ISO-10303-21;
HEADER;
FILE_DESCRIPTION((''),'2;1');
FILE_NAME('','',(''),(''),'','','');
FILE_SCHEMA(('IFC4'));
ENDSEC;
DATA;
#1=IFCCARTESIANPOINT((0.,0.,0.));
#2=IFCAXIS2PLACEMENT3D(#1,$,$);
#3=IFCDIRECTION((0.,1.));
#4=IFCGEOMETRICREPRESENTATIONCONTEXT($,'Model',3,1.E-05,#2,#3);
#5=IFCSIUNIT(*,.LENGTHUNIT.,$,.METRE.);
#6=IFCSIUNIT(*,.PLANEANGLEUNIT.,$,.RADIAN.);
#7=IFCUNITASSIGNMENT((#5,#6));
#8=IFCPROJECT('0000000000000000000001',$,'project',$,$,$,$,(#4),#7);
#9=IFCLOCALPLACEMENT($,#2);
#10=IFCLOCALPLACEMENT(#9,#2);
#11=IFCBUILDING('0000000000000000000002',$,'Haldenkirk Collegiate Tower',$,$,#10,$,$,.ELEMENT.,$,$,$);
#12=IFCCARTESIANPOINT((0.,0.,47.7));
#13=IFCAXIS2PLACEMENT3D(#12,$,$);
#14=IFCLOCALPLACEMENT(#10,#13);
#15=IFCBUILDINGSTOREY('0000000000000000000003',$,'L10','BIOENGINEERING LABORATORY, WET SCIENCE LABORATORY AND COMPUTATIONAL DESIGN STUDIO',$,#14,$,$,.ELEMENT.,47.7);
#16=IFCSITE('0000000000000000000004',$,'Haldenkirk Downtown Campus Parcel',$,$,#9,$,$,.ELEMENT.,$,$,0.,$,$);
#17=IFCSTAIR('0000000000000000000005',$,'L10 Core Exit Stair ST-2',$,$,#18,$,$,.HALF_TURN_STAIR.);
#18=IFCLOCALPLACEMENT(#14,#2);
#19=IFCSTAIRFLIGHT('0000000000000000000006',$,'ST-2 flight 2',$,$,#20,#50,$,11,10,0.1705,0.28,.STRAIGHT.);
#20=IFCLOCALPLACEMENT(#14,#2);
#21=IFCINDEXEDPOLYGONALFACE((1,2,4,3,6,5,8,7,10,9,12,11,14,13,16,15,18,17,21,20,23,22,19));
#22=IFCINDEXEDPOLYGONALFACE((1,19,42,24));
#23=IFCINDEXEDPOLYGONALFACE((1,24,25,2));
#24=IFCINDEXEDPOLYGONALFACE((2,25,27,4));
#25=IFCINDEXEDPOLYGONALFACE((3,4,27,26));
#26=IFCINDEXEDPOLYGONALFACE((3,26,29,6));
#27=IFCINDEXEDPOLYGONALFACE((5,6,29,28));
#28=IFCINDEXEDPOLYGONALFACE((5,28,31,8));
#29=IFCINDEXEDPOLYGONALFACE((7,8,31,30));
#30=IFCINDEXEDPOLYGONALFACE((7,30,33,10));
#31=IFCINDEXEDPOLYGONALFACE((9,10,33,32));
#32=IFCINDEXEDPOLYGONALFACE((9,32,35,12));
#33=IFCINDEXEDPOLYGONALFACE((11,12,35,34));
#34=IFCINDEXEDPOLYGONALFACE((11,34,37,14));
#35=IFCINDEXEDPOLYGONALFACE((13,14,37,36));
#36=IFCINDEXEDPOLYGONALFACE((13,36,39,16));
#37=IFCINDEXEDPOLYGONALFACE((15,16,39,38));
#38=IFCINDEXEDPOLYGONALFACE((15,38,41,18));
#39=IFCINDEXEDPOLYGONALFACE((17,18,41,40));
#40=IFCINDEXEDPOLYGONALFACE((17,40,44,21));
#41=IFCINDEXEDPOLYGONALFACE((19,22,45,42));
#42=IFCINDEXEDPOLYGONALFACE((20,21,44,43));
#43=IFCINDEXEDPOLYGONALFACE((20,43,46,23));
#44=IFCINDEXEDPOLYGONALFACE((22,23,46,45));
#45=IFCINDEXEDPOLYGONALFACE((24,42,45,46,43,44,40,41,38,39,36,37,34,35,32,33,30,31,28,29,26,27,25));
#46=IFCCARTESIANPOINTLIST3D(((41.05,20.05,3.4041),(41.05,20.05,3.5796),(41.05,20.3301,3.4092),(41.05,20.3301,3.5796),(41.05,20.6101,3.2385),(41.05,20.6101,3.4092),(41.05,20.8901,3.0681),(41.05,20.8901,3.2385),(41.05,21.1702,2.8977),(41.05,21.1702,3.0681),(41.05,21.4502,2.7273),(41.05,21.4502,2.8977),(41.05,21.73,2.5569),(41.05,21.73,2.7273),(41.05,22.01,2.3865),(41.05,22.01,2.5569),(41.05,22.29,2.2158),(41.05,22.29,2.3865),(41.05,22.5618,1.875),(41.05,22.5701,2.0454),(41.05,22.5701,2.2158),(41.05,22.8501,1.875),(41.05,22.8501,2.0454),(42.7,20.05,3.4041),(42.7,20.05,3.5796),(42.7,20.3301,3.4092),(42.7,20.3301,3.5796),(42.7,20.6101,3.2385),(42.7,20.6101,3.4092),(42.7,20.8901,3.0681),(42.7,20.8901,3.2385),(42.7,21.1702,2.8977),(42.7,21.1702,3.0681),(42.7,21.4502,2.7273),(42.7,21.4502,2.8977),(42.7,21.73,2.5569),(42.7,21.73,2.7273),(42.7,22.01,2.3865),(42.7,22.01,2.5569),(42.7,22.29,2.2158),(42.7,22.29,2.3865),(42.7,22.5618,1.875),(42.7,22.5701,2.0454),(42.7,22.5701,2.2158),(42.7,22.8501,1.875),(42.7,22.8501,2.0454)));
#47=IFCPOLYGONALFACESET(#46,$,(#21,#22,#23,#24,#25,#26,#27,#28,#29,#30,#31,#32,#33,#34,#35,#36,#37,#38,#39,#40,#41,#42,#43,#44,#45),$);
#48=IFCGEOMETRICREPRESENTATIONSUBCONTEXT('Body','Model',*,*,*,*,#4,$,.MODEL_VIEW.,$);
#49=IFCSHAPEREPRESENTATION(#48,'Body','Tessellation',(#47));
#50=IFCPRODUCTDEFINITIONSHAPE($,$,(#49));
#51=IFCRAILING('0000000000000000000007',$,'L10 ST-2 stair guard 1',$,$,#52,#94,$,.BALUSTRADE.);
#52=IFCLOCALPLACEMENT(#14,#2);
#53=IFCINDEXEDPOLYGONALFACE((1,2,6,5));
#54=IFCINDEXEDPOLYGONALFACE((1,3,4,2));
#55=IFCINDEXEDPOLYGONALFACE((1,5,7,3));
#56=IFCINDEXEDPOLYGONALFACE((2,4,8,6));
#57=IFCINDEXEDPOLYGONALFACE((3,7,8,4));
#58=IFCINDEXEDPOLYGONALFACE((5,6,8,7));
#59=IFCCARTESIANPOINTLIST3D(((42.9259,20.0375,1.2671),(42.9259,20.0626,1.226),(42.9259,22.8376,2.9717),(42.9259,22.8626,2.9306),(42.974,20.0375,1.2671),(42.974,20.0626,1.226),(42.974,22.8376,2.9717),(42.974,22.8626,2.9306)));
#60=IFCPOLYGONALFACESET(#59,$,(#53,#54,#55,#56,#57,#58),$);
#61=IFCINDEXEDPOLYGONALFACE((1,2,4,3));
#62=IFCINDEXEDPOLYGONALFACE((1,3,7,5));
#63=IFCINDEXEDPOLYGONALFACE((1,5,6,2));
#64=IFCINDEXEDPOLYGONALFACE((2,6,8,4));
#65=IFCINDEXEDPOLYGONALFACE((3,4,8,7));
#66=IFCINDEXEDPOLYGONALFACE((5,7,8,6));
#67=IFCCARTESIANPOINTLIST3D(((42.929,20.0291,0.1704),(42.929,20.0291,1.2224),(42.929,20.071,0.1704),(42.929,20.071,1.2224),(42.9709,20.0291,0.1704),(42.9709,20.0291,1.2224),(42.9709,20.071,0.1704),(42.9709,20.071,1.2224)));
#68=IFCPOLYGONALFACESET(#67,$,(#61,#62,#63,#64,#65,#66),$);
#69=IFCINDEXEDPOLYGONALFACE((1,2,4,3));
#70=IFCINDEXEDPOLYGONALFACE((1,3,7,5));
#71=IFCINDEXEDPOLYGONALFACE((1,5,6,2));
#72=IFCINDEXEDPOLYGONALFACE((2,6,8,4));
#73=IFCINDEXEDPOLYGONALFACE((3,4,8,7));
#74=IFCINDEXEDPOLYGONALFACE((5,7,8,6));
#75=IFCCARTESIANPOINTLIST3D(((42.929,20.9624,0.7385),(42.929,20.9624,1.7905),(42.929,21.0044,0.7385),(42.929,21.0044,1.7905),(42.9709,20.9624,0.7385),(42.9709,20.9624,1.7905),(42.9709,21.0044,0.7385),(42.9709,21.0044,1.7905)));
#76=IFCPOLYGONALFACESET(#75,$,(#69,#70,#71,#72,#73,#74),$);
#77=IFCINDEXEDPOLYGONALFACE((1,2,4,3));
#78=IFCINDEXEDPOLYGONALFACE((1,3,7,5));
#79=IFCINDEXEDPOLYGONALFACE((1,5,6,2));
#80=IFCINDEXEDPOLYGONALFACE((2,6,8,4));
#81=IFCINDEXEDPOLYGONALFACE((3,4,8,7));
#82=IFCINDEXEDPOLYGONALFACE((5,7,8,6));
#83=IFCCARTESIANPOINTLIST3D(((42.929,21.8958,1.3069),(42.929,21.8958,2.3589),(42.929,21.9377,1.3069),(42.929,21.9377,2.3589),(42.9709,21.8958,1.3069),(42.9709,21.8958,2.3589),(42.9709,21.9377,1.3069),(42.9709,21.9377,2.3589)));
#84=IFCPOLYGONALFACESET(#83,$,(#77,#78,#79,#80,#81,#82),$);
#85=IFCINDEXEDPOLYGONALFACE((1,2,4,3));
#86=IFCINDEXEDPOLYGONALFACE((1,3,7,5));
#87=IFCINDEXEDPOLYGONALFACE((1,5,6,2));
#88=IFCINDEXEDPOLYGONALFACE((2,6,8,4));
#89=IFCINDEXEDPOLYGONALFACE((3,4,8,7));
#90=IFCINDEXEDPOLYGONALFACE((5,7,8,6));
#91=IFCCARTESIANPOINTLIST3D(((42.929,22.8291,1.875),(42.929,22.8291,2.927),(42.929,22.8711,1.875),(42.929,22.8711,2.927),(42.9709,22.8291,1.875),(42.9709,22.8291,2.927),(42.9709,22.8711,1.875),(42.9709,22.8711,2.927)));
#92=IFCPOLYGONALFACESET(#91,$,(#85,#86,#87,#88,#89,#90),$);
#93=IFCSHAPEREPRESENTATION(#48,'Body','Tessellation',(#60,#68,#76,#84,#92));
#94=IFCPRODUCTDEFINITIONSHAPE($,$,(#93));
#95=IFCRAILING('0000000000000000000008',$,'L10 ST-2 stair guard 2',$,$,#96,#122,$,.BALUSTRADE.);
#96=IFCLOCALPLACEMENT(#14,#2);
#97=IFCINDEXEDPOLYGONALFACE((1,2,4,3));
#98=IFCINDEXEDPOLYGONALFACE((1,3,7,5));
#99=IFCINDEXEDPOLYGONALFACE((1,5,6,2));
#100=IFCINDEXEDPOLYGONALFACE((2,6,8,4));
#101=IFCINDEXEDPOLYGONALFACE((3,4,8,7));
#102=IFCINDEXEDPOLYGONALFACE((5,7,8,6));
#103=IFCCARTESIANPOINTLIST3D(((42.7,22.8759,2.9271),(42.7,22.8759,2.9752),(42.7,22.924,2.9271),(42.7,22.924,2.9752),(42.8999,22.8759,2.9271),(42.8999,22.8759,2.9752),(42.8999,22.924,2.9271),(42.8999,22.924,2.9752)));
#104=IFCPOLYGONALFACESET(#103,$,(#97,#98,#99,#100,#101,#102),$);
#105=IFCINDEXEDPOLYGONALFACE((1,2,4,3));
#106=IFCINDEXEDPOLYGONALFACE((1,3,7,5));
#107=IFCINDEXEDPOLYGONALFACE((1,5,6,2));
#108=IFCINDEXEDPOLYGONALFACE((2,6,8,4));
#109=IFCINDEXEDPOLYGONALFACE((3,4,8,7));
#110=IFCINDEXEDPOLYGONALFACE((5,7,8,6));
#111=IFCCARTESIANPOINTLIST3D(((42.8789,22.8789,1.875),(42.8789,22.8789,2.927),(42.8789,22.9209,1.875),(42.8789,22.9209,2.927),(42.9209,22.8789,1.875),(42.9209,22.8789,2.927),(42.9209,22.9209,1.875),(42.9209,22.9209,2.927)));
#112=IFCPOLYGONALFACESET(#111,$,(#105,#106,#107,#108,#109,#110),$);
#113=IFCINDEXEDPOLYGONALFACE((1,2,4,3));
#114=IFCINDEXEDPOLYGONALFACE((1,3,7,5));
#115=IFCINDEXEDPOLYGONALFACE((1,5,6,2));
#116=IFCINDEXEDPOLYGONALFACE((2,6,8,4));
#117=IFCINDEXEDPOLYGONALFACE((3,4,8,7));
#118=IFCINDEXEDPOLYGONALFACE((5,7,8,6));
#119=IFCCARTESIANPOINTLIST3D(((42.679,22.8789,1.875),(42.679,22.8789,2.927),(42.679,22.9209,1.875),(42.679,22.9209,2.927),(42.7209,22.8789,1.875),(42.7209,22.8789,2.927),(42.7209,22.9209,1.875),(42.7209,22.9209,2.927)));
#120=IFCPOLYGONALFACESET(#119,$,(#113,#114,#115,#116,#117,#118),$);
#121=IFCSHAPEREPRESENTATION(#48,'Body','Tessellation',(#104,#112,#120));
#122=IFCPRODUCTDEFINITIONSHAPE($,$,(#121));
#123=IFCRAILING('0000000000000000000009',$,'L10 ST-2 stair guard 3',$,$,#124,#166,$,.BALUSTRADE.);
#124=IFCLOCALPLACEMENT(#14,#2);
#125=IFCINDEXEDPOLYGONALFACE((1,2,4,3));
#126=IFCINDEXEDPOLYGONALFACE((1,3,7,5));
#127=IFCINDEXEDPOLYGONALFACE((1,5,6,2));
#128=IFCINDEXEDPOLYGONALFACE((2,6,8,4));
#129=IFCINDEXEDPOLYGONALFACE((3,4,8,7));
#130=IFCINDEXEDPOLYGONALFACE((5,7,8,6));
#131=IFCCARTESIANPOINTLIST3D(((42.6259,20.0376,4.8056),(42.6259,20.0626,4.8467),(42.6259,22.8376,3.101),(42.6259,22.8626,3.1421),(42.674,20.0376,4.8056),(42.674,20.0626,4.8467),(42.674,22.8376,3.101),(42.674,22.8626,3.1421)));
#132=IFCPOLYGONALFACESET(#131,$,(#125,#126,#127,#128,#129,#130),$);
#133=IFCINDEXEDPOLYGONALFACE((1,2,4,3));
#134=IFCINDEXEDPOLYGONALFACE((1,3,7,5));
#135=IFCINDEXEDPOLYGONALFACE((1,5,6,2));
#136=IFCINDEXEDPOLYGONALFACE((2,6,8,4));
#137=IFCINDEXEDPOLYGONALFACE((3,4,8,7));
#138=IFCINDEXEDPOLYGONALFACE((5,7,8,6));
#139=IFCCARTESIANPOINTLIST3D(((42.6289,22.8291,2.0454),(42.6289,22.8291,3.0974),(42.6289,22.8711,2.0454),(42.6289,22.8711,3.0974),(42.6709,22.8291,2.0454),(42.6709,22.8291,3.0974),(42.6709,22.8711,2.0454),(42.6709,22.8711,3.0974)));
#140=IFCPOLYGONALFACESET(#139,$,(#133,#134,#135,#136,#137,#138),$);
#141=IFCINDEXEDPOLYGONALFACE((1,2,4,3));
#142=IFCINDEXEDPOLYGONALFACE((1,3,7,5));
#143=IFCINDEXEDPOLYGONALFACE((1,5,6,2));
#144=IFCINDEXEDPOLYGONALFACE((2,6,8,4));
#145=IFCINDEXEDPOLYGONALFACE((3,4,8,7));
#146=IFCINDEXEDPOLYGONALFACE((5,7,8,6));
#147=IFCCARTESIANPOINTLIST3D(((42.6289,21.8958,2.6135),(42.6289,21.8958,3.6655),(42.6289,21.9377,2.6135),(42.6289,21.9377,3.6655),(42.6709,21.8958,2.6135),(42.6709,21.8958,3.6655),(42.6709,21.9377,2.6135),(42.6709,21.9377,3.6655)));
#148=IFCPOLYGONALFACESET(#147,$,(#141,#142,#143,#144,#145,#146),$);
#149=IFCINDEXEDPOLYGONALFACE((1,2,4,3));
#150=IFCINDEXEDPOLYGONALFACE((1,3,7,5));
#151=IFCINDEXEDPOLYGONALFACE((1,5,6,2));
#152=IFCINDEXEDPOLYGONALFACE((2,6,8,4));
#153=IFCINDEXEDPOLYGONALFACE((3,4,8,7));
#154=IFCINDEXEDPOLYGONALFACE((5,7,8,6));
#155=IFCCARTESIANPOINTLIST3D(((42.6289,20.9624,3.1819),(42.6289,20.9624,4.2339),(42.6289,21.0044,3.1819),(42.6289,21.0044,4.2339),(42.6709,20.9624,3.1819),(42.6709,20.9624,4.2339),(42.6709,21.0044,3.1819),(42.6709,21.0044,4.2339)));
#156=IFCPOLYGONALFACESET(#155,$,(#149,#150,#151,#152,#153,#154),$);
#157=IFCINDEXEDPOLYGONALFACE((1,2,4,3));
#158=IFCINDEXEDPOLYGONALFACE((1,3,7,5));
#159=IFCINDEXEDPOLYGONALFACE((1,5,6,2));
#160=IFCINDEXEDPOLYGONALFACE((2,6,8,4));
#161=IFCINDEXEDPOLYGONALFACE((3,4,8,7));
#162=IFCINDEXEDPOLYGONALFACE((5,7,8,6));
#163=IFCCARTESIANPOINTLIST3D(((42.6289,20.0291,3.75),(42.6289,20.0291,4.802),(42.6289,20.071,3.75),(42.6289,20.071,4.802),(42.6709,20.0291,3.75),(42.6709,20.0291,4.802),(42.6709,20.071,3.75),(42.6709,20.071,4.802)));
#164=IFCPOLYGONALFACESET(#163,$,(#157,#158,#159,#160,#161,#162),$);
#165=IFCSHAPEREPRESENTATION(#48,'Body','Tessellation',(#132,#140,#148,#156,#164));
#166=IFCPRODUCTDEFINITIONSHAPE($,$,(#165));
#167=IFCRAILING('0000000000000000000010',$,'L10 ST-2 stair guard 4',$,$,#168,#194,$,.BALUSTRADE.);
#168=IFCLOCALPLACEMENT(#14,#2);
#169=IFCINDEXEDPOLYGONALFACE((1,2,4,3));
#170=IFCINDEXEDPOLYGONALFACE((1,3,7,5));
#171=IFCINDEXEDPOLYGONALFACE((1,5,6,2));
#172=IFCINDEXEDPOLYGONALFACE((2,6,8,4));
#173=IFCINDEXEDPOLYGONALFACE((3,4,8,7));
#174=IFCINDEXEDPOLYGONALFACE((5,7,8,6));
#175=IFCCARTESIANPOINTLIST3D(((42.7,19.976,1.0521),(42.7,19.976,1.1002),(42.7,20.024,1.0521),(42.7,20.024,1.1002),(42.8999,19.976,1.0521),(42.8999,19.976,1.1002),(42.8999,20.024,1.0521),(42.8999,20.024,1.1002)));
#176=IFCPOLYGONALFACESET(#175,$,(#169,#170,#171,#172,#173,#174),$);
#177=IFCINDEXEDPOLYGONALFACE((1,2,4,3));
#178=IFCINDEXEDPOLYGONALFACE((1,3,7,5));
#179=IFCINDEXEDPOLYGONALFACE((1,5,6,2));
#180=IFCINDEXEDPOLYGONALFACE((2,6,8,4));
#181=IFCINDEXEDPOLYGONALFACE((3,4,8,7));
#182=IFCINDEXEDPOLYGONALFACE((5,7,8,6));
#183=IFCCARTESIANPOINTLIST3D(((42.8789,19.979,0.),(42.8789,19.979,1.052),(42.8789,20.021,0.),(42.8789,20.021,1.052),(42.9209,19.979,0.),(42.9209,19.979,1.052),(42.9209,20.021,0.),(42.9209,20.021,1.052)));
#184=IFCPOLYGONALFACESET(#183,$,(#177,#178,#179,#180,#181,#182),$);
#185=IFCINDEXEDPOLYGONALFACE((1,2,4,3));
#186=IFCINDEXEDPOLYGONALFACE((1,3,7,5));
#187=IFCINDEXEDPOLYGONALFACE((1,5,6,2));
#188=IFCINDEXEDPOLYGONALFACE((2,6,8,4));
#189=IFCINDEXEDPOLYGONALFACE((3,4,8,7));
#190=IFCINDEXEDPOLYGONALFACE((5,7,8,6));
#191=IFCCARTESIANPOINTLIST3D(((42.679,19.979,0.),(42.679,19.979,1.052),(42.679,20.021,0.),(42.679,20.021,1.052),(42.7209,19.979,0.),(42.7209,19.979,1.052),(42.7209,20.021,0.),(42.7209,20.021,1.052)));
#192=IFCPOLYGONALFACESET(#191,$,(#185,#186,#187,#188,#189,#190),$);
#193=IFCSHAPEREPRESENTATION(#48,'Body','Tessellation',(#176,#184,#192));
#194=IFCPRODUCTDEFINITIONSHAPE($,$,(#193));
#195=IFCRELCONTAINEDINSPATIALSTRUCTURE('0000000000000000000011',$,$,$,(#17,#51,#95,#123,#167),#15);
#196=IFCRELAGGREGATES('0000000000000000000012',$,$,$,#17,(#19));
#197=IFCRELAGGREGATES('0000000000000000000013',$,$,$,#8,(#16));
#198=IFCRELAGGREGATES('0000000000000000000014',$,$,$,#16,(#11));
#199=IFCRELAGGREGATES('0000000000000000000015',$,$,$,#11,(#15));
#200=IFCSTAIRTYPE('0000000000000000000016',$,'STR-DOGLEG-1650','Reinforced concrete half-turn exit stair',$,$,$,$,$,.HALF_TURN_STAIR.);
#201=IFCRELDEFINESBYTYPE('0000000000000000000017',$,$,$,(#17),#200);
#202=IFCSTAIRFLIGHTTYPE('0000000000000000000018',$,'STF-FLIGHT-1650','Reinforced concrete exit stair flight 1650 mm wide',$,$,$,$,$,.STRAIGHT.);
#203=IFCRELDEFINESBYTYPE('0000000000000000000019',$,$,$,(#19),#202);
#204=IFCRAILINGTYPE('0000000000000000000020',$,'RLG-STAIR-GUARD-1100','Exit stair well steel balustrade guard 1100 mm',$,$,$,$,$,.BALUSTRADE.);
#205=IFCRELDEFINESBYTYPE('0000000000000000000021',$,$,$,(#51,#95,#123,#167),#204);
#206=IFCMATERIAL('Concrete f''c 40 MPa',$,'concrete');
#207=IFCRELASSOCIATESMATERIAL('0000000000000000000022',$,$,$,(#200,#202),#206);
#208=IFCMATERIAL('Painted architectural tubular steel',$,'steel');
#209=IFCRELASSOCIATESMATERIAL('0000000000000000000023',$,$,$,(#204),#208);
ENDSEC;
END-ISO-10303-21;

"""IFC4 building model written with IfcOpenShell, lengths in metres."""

from ifc_helpers import new_model, si_unit, direction, frame, origin, origin_2d, place, context, subcontext, project, spatial, polyline, rectangle, outline, extrude, material, type_object, element, aggregate, save


model = new_model("IFC4")

# Units and contexts
model_context = context("Model", 3, precision=1e-05, world=origin(), true_north=direction((0.0, 1.0)))
body_context = subcontext(model_context, "Body", "Model", "MODEL_VIEW")
ifc_project = project(units=[si_unit("LENGTHUNIT", "METRE"), si_unit("PLANEANGLEUNIT", "RADIAN")], contexts=[model_context])

# Site, building, storey
site_placement = place(None, origin())
site = spatial("IfcSite", under=ifc_project, at=site_placement, Name="Haldenkirk Downtown Campus Parcel", CompositionType="ELEMENT", RefElevation=0.0)
building_placement = place(site_placement, origin())
building = spatial("IfcBuilding", under=site, at=building_placement, Name="Haldenkirk Collegiate Tower", CompositionType="ELEMENT")
storey_placement = place(building_placement, frame((0.0, 0.0, 47.7)))
storey = spatial("IfcBuildingStorey", under=building, at=storey_placement, Name="L10", Description="BIOENGINEERING LABORATORY, WET SCIENCE LABORATORY AND COMPUTATIONAL DESIGN STUDIO", CompositionType="ELEMENT", Elevation=47.7)

# Stair, stair flight
ifc_material_1 = material(Name="Concrete f'c 40 MPa", Category="concrete")
stair_type = type_object("IfcStairType", Name="STR-DOGLEG-1650", Description="Reinforced concrete half-turn exit stair", PredefinedType="HALF_TURN_STAIR", material=ifc_material_1)
stair_placement = place(storey_placement, origin())
stair = element("IfcStair", 1, at=stair_placement, inside=storey, type_object=stair_type, Name="L10 Core Exit Stair ST-2", PredefinedType="HALF_TURN_STAIR")
stair_flight_type = type_object("IfcStairFlightType", Name="STF-FLIGHT-1650", Description="Reinforced concrete exit stair flight 1650 mm wide", PredefinedType="STRAIGHT", material=ifc_material_1)
stair_flight_1_placement = place(storey_placement, frame((41.875, 22.8501, 1.875), z_axis=(0.0, 0.0, 1.0), x_axis=(0.0, -1.0, 0.0)))
stair_flight_1 = element("IfcStairFlight", 2, at=stair_flight_1_placement, type_object=stair_flight_type, Name="ST-2 flight 2", NumberOfRisers=11, NumberOfTreads=10, PredefinedType="STRAIGHT", RiserHeight=0.1705, TreadLength=0.28, context=body_context, shape_type="SweptSolid", body=[
    extrude(outline(polyline([(0.0, 0.0), (0.0, 0.1704), (0.28, 0.1704), (0.28, 0.3408), (0.5601, 0.3408), (0.5601, 0.5115), (0.8401, 0.5115), (0.8401, 0.6819), (1.1201, 0.6819), (1.1201, 0.8523), (1.3999, 0.8523), (1.3999, 1.0227), (1.6799, 1.0227), (1.6799, 1.1931), (1.96, 1.1931), (1.96, 1.3635), (2.24, 1.3635), (2.24, 1.5342), (2.52, 1.5342), (2.52, 1.7046), (2.8, 1.7046), (2.8, 1.875), (2.8, 1.5291), (0.2883, 0.0), (0.0, 0.0)])), frame((0.0, 0.825, 0.0), z_axis=(0.0, -1.0, 0.0), x_axis=(1.0, 0.0, 0.0)), (0.0, 0.0, 1.0), 1.6499),
])
aggregate(stair, [stair_flight_1])

# Railings
ifc_material_2 = material(Name="Painted architectural tubular steel", Category="steel")
railing_type_1 = type_object("IfcRailingType", Name="RLG-STAIR-GUARD-1100", Description="Exit stair well steel balustrade guard 1100 mm", PredefinedType="BALUSTRADE", material=ifc_material_2)
railing_1_placement = place(storey_placement, frame((42.95, 20.05, 0.1704)))
element("IfcRailing", 3, at=railing_1_placement, inside=storey, type_object=railing_type_1, Name="L10 ST-2 stair guard 1", PredefinedType="BALUSTRADE", context=body_context, shape_type="SweptSolid", body=[
    extrude(rectangle(XDim=0.0481, YDim=0.0481, at=origin_2d()), frame((0.0, 0.0, 1.0762), z_axis=(0.0, 0.85417, 0.519994), x_axis=(-1.0, 0.0, 0.0)), (0.0, 0.0, 1.0), 3.2781),
    extrude(rectangle(XDim=0.042, YDim=0.042, at=origin_2d()), origin(), (0.0, 0.0, 1.0), 1.052),
    extrude(rectangle(XDim=0.042, YDim=0.042, at=origin_2d()), frame((0.0, 0.9333, 0.5681)), (0.0, 0.0, 1.0), 1.052),
    extrude(rectangle(XDim=0.042, YDim=0.042, at=origin_2d()), frame((0.0, 1.8667, 1.1365)), (0.0, 0.0, 1.0), 1.052),
    extrude(rectangle(XDim=0.042, YDim=0.042, at=origin_2d()), frame((0.0, 2.8, 1.7046)), (0.0, 0.0, 1.0), 1.052),
])
railing_2_placement = place(storey_placement, frame((42.8999, 22.8999, 1.875)))
element("IfcRailing", 4, at=railing_2_placement, inside=storey, type_object=railing_type_1, Name="L10 ST-2 stair guard 2", PredefinedType="BALUSTRADE", context=body_context, shape_type="SweptSolid", body=[
    extrude(rectangle(XDim=0.0481, YDim=0.0481, at=origin_2d()), frame((0.0, 0.0, 1.0762), z_axis=(-1.0, 0.0, 0.0), x_axis=(0.0, -1.0, 0.0)), (0.0, 0.0, 1.0), 0.2),
    extrude(rectangle(XDim=0.042, YDim=0.042, at=origin_2d()), origin(), (0.0, 0.0, 1.0), 1.052),
    extrude(rectangle(XDim=0.042, YDim=0.042, at=origin_2d()), frame((-0.2, 0.0, 0.0)), (0.0, 0.0, 1.0), 1.052),
])
railing_3_placement = place(storey_placement, frame((42.6499, 22.8501, 2.0454)))
element("IfcRailing", 5, at=railing_3_placement, inside=storey, type_object=railing_type_1, Name="L10 ST-2 stair guard 3", PredefinedType="BALUSTRADE", context=body_context, shape_type="SweptSolid", body=[
    extrude(rectangle(XDim=0.0481, YDim=0.0481, at=origin_2d()), frame((0.0, 0.0, 1.0762), z_axis=(0.0, -0.85417, 0.519994), x_axis=(1.0, 0.0, 0.0)), (0.0, 0.0, 1.0), 3.2781),
    extrude(rectangle(XDim=0.042, YDim=0.042, at=origin_2d()), origin(), (0.0, 0.0, 1.0), 1.052),
    extrude(rectangle(XDim=0.042, YDim=0.042, at=origin_2d()), frame((0.0, -0.9333, 0.5681)), (0.0, 0.0, 1.0), 1.052),
    extrude(rectangle(XDim=0.042, YDim=0.042, at=origin_2d()), frame((0.0, -1.8667, 1.1365)), (0.0, 0.0, 1.0), 1.052),
    extrude(rectangle(XDim=0.042, YDim=0.042, at=origin_2d()), frame((0.0, -2.8, 1.7046)), (0.0, 0.0, 1.0), 1.052),
])
railing_4_placement = place(storey_placement, frame((42.8999, 20.0, 0.0)))
element("IfcRailing", 6, at=railing_4_placement, inside=storey, type_object=railing_type_1, Name="L10 ST-2 stair guard 4", PredefinedType="BALUSTRADE", context=body_context, shape_type="SweptSolid", body=[
    extrude(rectangle(XDim=0.0481, YDim=0.0481, at=origin_2d()), frame((0.0, 0.0, 1.0762), z_axis=(-1.0, 0.0, 0.0), x_axis=(0.0, -1.0, 0.0)), (0.0, 0.0, 1.0), 0.2),
    extrude(rectangle(XDim=0.042, YDim=0.042, at=origin_2d()), origin(), (0.0, 0.0, 1.0), 1.052),
    extrude(rectangle(XDim=0.042, YDim=0.042, at=origin_2d()), frame((-0.2, 0.0, 0.0)), (0.0, 0.0, 1.0), 1.052),
])

save(model, "model.ifc")
